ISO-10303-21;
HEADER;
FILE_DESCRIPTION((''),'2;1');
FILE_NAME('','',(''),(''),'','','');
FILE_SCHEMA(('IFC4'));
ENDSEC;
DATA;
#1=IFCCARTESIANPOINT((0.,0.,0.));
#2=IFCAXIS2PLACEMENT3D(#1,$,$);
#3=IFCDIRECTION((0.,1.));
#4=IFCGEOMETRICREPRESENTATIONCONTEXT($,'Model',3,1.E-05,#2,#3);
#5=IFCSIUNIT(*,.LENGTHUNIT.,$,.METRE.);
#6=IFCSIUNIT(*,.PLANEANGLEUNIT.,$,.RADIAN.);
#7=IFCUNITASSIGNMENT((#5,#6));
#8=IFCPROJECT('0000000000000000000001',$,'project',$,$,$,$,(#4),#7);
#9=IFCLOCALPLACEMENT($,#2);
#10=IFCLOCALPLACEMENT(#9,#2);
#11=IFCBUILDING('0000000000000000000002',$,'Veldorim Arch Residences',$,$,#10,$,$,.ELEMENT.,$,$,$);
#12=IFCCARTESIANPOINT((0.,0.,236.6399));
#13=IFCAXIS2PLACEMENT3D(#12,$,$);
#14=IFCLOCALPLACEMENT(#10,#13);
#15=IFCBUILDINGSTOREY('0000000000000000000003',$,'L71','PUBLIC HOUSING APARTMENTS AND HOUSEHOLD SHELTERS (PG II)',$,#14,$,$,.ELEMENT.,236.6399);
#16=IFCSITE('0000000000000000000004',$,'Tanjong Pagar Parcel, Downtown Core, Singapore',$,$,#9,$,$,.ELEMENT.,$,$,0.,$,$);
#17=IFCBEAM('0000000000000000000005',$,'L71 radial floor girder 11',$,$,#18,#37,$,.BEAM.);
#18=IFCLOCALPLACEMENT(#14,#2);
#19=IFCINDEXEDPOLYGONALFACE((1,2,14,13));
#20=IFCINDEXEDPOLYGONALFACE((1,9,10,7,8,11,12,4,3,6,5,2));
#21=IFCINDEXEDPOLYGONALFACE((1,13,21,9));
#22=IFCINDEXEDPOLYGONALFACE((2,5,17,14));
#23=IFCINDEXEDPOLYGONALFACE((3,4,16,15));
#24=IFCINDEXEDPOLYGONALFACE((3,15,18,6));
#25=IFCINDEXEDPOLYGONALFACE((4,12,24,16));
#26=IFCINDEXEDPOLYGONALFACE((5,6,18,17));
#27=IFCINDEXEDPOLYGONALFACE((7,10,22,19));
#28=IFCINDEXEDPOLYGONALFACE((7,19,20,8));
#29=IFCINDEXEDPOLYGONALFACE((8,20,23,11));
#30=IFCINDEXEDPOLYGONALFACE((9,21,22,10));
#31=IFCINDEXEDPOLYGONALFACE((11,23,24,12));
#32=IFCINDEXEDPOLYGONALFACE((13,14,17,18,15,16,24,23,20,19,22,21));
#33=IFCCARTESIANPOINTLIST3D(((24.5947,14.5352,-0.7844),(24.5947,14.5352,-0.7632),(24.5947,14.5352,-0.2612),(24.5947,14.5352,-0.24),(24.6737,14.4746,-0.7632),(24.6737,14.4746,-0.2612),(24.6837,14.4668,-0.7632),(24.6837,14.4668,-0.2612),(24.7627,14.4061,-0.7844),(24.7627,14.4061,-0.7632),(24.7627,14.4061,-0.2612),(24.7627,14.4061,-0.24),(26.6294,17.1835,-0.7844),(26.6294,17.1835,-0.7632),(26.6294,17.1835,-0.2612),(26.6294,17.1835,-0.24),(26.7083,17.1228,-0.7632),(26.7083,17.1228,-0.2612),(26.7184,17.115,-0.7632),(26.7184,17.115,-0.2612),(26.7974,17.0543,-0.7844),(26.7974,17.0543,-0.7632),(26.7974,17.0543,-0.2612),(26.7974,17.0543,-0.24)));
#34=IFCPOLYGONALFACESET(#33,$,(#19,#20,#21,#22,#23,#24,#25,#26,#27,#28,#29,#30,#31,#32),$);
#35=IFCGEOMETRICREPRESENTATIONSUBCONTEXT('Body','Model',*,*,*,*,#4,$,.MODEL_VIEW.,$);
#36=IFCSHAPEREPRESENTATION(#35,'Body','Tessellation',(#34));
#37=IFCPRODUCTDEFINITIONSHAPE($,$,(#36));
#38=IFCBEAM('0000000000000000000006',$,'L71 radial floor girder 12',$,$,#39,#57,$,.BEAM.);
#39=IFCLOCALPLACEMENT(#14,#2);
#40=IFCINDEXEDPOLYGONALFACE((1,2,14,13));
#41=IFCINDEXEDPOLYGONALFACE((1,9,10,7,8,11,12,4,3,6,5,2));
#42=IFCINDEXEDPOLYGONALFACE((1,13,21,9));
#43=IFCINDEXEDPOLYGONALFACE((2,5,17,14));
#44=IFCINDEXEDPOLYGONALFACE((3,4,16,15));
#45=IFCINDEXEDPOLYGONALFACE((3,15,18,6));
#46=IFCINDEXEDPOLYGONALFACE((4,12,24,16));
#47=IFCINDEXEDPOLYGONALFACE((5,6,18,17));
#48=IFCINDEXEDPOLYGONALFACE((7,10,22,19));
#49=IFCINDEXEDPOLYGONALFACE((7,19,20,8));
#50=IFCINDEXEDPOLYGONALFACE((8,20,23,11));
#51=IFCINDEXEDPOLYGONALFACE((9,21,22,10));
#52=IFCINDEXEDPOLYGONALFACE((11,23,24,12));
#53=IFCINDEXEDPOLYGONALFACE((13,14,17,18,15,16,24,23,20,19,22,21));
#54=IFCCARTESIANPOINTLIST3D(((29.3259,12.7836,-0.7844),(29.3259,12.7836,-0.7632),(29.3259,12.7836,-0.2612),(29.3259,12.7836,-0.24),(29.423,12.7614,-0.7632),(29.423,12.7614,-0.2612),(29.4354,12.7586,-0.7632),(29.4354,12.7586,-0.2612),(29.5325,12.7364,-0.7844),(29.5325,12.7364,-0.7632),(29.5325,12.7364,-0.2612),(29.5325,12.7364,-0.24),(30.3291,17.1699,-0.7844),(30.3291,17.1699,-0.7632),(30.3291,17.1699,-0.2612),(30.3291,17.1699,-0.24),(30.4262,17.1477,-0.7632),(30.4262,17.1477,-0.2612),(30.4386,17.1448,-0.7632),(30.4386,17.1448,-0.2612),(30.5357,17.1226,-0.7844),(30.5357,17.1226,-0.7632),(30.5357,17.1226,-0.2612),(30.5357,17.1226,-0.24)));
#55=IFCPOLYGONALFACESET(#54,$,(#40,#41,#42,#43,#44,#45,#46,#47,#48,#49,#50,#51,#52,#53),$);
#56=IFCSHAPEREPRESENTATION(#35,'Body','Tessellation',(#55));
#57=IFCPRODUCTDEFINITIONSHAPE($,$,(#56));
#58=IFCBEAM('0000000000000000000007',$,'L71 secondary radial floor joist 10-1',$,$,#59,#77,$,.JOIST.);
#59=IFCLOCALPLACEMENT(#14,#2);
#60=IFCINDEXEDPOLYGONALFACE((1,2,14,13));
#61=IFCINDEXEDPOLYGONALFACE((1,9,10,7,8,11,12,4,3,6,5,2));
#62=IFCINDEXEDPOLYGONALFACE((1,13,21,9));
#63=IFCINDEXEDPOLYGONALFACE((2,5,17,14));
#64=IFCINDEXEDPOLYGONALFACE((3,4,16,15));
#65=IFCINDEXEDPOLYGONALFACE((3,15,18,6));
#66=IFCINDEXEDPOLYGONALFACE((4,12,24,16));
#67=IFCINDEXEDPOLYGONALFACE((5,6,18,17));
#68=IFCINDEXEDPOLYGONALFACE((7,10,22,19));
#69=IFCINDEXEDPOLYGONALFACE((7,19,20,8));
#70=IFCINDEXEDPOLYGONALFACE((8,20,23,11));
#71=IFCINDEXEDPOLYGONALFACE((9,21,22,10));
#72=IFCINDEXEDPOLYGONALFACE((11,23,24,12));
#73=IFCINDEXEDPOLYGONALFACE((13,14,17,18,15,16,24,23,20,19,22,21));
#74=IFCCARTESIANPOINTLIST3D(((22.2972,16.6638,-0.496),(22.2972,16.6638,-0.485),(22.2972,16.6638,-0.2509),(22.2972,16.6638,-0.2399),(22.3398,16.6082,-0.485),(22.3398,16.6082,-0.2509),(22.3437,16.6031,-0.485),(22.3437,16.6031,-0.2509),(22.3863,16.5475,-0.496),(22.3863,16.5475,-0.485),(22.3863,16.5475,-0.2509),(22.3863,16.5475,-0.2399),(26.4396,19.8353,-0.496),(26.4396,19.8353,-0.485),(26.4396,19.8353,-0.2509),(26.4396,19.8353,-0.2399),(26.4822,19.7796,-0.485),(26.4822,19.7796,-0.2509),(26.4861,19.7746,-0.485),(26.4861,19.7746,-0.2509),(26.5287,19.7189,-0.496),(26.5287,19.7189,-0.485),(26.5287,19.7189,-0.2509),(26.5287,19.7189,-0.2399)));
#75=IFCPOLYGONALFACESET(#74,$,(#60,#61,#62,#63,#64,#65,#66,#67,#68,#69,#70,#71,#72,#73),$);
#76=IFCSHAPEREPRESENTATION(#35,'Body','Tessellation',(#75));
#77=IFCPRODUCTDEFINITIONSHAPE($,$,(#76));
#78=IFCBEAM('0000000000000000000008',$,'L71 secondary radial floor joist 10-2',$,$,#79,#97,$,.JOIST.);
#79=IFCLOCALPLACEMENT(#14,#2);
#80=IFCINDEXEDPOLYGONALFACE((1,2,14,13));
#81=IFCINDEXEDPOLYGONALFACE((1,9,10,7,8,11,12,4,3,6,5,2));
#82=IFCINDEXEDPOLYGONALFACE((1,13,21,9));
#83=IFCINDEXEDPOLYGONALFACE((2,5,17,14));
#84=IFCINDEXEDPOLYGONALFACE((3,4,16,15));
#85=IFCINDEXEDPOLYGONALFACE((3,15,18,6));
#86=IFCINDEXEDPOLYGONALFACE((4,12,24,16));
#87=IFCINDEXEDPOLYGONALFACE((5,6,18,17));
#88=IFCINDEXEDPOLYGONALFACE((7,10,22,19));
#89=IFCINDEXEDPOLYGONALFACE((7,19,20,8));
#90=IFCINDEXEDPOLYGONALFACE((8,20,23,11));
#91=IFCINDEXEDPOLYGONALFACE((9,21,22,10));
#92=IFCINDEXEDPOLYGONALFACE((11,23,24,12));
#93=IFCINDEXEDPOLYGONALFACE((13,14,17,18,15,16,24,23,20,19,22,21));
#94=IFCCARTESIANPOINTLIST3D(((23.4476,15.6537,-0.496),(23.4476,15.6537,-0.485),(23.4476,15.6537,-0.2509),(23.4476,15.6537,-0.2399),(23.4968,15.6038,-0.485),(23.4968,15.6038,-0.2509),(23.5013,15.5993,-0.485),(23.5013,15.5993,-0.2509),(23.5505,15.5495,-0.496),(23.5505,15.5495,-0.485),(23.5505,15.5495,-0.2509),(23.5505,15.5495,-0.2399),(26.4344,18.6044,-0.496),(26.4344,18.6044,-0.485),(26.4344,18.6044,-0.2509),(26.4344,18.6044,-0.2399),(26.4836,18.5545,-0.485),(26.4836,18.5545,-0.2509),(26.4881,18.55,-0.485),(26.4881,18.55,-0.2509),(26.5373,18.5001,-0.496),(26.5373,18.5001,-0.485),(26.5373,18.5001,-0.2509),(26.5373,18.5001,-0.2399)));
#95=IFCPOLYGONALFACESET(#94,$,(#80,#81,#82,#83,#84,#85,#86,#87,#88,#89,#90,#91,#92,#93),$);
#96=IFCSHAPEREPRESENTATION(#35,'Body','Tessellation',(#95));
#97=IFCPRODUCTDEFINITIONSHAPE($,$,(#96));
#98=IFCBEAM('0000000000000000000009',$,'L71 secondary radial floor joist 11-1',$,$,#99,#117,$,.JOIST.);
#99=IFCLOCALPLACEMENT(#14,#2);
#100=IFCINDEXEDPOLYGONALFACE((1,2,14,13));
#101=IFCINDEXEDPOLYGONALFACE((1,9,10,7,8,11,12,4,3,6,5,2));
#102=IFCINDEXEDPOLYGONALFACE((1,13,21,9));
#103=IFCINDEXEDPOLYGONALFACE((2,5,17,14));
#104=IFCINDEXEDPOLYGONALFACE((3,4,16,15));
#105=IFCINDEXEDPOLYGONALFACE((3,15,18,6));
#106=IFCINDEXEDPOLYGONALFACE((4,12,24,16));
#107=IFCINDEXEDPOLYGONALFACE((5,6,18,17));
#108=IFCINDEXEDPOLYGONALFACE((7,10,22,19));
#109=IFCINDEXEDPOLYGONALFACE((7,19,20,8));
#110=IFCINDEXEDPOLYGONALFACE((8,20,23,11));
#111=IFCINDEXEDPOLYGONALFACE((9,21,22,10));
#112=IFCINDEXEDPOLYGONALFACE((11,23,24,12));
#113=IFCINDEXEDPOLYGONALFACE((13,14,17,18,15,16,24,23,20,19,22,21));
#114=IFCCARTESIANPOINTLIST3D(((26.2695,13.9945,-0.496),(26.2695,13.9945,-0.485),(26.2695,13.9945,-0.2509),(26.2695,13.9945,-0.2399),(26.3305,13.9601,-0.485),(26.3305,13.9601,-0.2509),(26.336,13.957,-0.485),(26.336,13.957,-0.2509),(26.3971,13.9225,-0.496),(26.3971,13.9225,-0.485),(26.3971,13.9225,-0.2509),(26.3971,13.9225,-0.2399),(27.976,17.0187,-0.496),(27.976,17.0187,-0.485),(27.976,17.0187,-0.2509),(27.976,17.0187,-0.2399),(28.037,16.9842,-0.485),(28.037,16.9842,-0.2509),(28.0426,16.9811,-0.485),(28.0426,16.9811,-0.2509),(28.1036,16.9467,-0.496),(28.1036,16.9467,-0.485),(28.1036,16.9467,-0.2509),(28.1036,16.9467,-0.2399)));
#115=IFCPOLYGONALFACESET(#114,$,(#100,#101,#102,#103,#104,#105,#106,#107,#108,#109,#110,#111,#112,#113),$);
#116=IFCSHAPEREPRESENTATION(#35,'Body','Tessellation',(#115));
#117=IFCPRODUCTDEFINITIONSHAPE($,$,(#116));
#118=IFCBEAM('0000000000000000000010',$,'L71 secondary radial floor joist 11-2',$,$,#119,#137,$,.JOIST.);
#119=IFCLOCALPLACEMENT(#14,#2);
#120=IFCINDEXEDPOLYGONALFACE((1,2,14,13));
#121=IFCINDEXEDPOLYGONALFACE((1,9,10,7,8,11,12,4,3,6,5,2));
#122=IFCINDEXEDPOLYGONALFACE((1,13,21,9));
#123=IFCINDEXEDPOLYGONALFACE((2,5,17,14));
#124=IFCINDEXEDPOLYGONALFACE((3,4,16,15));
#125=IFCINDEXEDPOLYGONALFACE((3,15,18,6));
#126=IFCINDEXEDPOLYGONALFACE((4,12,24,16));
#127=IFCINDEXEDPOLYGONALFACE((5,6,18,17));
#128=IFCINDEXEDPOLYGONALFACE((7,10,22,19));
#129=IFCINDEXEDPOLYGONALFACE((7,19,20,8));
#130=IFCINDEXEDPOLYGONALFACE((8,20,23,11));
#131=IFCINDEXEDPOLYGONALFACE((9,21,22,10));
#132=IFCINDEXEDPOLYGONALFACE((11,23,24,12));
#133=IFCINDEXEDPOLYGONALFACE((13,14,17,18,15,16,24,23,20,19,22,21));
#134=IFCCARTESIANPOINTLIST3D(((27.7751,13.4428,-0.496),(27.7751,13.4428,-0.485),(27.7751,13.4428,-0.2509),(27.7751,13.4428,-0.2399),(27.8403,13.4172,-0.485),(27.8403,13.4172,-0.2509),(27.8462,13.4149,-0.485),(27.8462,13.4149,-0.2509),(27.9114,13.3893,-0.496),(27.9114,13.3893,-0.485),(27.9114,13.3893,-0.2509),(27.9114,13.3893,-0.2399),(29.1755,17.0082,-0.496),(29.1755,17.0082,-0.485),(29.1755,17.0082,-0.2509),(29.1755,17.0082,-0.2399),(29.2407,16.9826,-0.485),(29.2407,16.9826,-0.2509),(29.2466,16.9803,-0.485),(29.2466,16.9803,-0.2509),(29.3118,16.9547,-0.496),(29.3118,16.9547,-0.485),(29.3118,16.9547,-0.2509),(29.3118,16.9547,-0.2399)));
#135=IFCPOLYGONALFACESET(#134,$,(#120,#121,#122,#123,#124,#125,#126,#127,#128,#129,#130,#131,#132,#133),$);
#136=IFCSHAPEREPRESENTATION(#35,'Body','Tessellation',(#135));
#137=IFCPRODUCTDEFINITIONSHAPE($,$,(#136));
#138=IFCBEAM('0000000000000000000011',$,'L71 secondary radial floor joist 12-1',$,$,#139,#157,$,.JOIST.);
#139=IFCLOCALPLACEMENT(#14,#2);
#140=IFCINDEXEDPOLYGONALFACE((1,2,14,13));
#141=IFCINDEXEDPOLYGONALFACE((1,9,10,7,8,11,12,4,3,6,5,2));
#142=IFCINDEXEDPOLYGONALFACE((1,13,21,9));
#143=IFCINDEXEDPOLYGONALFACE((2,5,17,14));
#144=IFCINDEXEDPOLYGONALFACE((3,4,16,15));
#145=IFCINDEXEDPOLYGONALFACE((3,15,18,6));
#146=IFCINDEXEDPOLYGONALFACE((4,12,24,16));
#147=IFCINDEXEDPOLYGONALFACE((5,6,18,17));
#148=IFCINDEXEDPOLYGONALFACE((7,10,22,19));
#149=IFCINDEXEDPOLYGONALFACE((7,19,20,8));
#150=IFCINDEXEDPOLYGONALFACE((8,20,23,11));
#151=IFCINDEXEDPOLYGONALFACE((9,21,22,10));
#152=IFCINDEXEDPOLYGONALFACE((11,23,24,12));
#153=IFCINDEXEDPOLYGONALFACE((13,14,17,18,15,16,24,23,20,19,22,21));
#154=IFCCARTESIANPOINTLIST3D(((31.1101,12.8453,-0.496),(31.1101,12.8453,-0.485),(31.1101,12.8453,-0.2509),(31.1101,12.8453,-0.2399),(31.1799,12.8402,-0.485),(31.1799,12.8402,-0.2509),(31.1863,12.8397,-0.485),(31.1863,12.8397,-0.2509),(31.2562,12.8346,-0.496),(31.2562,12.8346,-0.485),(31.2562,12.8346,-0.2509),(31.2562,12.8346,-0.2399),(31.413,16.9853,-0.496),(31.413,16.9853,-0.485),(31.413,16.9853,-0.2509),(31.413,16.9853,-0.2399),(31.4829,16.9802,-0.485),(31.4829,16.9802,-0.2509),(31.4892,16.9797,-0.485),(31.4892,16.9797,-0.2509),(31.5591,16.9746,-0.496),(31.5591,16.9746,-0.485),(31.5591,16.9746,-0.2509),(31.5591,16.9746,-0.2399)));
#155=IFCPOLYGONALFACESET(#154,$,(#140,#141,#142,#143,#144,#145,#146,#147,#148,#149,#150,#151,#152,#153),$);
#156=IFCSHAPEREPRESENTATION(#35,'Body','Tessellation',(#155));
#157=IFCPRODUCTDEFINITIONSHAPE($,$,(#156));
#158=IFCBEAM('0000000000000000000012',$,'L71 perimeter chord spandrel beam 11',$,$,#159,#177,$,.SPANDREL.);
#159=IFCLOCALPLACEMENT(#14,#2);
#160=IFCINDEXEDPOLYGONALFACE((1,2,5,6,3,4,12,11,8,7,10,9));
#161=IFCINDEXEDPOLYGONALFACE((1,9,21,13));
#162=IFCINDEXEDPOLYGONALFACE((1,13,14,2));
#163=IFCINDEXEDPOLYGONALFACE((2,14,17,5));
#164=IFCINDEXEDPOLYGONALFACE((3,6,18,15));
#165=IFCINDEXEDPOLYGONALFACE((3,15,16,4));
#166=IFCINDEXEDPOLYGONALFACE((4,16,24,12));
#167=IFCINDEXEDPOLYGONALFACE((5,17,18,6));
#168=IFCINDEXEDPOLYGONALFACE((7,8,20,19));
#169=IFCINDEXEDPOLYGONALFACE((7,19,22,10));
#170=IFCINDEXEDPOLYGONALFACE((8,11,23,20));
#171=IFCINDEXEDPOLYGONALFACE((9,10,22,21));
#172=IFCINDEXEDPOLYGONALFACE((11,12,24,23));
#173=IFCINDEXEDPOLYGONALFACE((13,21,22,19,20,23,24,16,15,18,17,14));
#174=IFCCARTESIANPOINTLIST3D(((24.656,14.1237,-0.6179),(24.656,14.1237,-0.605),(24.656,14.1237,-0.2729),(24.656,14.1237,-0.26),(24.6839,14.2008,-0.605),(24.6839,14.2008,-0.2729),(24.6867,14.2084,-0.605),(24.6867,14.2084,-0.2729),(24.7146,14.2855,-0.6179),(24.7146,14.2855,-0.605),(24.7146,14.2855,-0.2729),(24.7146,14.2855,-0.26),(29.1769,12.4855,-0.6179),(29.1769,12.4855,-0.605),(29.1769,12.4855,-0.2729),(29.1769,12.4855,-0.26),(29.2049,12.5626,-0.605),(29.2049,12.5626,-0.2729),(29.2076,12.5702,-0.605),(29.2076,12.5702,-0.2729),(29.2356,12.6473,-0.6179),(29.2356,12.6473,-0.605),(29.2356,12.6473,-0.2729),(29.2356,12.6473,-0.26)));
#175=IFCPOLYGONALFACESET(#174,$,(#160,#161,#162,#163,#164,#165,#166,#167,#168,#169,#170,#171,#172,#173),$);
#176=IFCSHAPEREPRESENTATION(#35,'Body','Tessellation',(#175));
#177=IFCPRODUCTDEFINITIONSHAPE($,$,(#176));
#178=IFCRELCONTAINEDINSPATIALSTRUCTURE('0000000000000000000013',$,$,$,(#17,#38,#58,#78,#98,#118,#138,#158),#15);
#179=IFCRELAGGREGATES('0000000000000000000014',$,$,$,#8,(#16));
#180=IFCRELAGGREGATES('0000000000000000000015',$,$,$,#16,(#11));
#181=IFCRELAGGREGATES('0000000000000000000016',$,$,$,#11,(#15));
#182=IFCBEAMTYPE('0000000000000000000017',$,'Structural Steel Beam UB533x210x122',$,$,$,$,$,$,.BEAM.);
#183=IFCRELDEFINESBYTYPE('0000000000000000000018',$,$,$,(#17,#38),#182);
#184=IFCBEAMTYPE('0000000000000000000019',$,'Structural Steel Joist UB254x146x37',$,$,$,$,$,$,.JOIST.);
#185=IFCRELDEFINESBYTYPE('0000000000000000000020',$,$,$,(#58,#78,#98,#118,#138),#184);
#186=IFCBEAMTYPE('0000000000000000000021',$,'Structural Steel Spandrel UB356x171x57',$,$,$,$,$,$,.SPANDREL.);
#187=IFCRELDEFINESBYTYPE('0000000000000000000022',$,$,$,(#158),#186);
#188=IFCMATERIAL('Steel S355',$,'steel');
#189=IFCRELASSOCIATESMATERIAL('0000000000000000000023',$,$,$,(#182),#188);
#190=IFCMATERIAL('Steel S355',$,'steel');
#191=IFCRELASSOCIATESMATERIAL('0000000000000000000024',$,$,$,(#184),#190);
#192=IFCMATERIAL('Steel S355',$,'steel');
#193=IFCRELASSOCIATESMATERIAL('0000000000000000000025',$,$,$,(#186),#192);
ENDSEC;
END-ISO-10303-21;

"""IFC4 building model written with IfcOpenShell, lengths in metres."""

from ifc_helpers import new_model, si_unit, direction, frame, origin, origin_2d, place, context, subcontext, project, spatial, i_section, extrude, material, material_profile, profile_set, type_object, element, save


model = new_model("IFC4")

# Units and contexts
model_context = context("Model", 3, precision=1e-05, world=origin(), true_north=direction((0.0, 1.0)))
body_context = subcontext(model_context, "Body", "Model", "MODEL_VIEW")
ifc_project = project(units=[si_unit("LENGTHUNIT", "METRE"), si_unit("PLANEANGLEUNIT", "RADIAN")], contexts=[model_context])

# Site, building, storey
site_placement = place(None, origin())
site = spatial("IfcSite", under=ifc_project, at=site_placement, Name="Tanjong Pagar Parcel, Downtown Core, Singapore", CompositionType="ELEMENT", RefElevation=0.0)
building_placement = place(site_placement, origin())
building = spatial("IfcBuilding", under=site, at=building_placement, Name="Veldorim Arch Residences", CompositionType="ELEMENT")
storey_placement = place(building_placement, frame((0.0, 0.0, 236.6399)))
storey = spatial("IfcBuildingStorey", under=building, at=storey_placement, Name="L71", Description="PUBLIC HOUSING APARTMENTS AND HOUSEHOLD SHELTERS (PG II)", CompositionType="ELEMENT", Elevation=236.6399)

# Beams
ifc_material_1 = material(Name="Steel S355", Category="steel")
ifc_material_profile_1 = material_profile(ifc_material_1, i_section(OverallWidth=0.2119, OverallDepth=0.5444, WebThickness=0.0127, FlangeThickness=0.0212, at=origin_2d()), Name="UB533x210x122")
ifc_profile_set_1 = profile_set([ifc_material_profile_1], Name="Steel S355")
beam_type_1 = type_object("IfcBeamType", Name="Structural Steel Beam UB533x210x122", PredefinedType="BEAM", material=ifc_profile_set_1)
beam_1_placement = place(storey_placement, frame((26.7134, 17.1189, -0.5122), z_axis=(-0.609258, -0.792972, 0.0), x_axis=(0.792972, -0.609258, 0.0)))
element("IfcBeam", 1, at=beam_1_placement, inside=storey, type_object=beam_type_1, Name="L71 radial floor girder 11", PredefinedType="BEAM", context=body_context, shape_type="SweptSolid", body=[
    extrude(i_section(OverallWidth=0.2119, OverallDepth=0.5444, WebThickness=0.0127, FlangeThickness=0.0212, at=origin_2d()), origin(), (0.0, 0.0, 1.0), 3.3396),
])
beam_2_placement = place(storey_placement, frame((30.4324, 17.1462, -0.5122), z_axis=(-0.222953, -0.974829, 0.0), x_axis=(0.974829, -0.222953, 0.0)))
element("IfcBeam", 2, at=beam_2_placement, inside=storey, type_object=beam_type_1, Name="L71 radial floor girder 12", PredefinedType="BEAM", context=body_context, shape_type="SweptSolid", body=[
    extrude(i_section(OverallWidth=0.2119, OverallDepth=0.5444, WebThickness=0.0127, FlangeThickness=0.0212, at=origin_2d()), origin(), (0.0, 0.0, 1.0), 4.4995),
])
ifc_material_2 = material(Name="Steel S355", Category="steel")
ifc_material_profile_2 = material_profile(ifc_material_2, i_section(OverallWidth=0.1465, OverallDepth=0.2561, WebThickness=0.0063, FlangeThickness=0.011, at=origin_2d()), Name="UB254x146x37")
ifc_profile_set_2 = profile_set([ifc_material_profile_2], Name="Steel S355")
beam_type_2 = type_object("IfcBeamType", Name="Structural Steel Joist UB254x146x37", PredefinedType="JOIST", material=ifc_profile_set_2)
beam_3_placement = place(storey_placement, frame((26.4841, 19.7771, -0.3679), z_axis=(-0.794014, -0.6079, 0.0), x_axis=(0.6079, -0.794014, 0.0)))
element("IfcBeam", 3, at=beam_3_placement, inside=storey, type_object=beam_type_2, Name="L71 secondary radial floor joist 10-1", PredefinedType="JOIST", context=body_context, shape_type="SweptSolid", body=[
    extrude(i_section(OverallWidth=0.1465, OverallDepth=0.2561, WebThickness=0.0063, FlangeThickness=0.011, at=origin_2d()), origin(), (0.0, 0.0, 1.0), 5.217),
])
beam_4_placement = place(storey_placement, frame((26.4858, 18.5522, -0.3679), z_axis=(-0.711397, -0.702791, 0.0), x_axis=(0.702791, -0.711397, 0.0)))
element("IfcBeam", 4, at=beam_4_placement, inside=storey, type_object=beam_type_2, Name="L71 secondary radial floor joist 10-2", PredefinedType="JOIST", context=body_context, shape_type="SweptSolid", body=[
    extrude(i_section(OverallWidth=0.1465, OverallDepth=0.2561, WebThickness=0.0063, FlangeThickness=0.011, at=origin_2d()), origin(), (0.0, 0.0, 1.0), 4.1985),
])
beam_5_placement = place(storey_placement, frame((28.0398, 16.9827, -0.3679), z_axis=(-0.491452, -0.870904, 0.0), x_axis=(0.870904, -0.491452, 0.0)))
element("IfcBeam", 5, at=beam_5_placement, inside=storey, type_object=beam_type_2, Name="L71 secondary radial floor joist 11-1", PredefinedType="JOIST", context=body_context, shape_type="SweptSolid", body=[
    extrude(i_section(OverallWidth=0.1465, OverallDepth=0.2561, WebThickness=0.0063, FlangeThickness=0.011, at=origin_2d()), origin(), (0.0, 0.0, 1.0), 3.4724),
])
beam_6_placement = place(storey_placement, frame((29.2437, 16.9814, -0.3679), z_axis=(-0.365581, -0.930779, 0.0), x_axis=(0.930779, -0.365581, 0.0)))
element("IfcBeam", 6, at=beam_6_placement, inside=storey, type_object=beam_type_2, Name="L71 secondary radial floor joist 11-2", PredefinedType="JOIST", context=body_context, shape_type="SweptSolid", body=[
    extrude(i_section(OverallWidth=0.1465, OverallDepth=0.2561, WebThickness=0.0063, FlangeThickness=0.011, at=origin_2d()), origin(), (0.0, 0.0, 1.0), 3.8306),
])
beam_7_placement = place(storey_placement, frame((31.4861, 16.98, -0.3679), z_axis=(-0.072986, -0.997333, 0.0), x_axis=(0.997333, -0.072986, 0.0)))
element("IfcBeam", 7, at=beam_7_placement, inside=storey, type_object=beam_type_2, Name="L71 secondary radial floor joist 12-1", PredefinedType="JOIST", context=body_context, shape_type="SweptSolid", body=[
    extrude(i_section(OverallWidth=0.1465, OverallDepth=0.2561, WebThickness=0.0063, FlangeThickness=0.011, at=origin_2d()), origin(), (0.0, 0.0, 1.0), 4.1511),
])
ifc_material_3 = material(Name="Steel S355", Category="steel")
ifc_material_profile_3 = material_profile(ifc_material_3, i_section(OverallWidth=0.1721, OverallDepth=0.3579, WebThickness=0.0081, FlangeThickness=0.0129, at=origin_2d()), Name="UB356x171x57")
ifc_profile_set_3 = profile_set([ifc_material_profile_3], Name="Steel S355")
beam_type_3 = type_object("IfcBeamType", Name="Structural Steel Spandrel UB356x171x57", PredefinedType="SPANDREL", material=ifc_profile_set_3)
beam_8_placement = place(storey_placement, frame((24.6853, 14.2046, -0.439), z_axis=(0.940181, -0.340675, 0.0), x_axis=(0.340675, 0.940181, 0.0)))
element("IfcBeam", 8, at=beam_8_placement, inside=storey, type_object=beam_type_3, Name="L71 perimeter chord spandrel beam 11", PredefinedType="SPANDREL", context=body_context, shape_type="SweptSolid", body=[
    extrude(i_section(OverallWidth=0.1721, OverallDepth=0.3579, WebThickness=0.0081, FlangeThickness=0.0129, at=origin_2d()), origin(), (0.0, 0.0, 1.0), 4.8086),
])

save(model, "model.ifc")
